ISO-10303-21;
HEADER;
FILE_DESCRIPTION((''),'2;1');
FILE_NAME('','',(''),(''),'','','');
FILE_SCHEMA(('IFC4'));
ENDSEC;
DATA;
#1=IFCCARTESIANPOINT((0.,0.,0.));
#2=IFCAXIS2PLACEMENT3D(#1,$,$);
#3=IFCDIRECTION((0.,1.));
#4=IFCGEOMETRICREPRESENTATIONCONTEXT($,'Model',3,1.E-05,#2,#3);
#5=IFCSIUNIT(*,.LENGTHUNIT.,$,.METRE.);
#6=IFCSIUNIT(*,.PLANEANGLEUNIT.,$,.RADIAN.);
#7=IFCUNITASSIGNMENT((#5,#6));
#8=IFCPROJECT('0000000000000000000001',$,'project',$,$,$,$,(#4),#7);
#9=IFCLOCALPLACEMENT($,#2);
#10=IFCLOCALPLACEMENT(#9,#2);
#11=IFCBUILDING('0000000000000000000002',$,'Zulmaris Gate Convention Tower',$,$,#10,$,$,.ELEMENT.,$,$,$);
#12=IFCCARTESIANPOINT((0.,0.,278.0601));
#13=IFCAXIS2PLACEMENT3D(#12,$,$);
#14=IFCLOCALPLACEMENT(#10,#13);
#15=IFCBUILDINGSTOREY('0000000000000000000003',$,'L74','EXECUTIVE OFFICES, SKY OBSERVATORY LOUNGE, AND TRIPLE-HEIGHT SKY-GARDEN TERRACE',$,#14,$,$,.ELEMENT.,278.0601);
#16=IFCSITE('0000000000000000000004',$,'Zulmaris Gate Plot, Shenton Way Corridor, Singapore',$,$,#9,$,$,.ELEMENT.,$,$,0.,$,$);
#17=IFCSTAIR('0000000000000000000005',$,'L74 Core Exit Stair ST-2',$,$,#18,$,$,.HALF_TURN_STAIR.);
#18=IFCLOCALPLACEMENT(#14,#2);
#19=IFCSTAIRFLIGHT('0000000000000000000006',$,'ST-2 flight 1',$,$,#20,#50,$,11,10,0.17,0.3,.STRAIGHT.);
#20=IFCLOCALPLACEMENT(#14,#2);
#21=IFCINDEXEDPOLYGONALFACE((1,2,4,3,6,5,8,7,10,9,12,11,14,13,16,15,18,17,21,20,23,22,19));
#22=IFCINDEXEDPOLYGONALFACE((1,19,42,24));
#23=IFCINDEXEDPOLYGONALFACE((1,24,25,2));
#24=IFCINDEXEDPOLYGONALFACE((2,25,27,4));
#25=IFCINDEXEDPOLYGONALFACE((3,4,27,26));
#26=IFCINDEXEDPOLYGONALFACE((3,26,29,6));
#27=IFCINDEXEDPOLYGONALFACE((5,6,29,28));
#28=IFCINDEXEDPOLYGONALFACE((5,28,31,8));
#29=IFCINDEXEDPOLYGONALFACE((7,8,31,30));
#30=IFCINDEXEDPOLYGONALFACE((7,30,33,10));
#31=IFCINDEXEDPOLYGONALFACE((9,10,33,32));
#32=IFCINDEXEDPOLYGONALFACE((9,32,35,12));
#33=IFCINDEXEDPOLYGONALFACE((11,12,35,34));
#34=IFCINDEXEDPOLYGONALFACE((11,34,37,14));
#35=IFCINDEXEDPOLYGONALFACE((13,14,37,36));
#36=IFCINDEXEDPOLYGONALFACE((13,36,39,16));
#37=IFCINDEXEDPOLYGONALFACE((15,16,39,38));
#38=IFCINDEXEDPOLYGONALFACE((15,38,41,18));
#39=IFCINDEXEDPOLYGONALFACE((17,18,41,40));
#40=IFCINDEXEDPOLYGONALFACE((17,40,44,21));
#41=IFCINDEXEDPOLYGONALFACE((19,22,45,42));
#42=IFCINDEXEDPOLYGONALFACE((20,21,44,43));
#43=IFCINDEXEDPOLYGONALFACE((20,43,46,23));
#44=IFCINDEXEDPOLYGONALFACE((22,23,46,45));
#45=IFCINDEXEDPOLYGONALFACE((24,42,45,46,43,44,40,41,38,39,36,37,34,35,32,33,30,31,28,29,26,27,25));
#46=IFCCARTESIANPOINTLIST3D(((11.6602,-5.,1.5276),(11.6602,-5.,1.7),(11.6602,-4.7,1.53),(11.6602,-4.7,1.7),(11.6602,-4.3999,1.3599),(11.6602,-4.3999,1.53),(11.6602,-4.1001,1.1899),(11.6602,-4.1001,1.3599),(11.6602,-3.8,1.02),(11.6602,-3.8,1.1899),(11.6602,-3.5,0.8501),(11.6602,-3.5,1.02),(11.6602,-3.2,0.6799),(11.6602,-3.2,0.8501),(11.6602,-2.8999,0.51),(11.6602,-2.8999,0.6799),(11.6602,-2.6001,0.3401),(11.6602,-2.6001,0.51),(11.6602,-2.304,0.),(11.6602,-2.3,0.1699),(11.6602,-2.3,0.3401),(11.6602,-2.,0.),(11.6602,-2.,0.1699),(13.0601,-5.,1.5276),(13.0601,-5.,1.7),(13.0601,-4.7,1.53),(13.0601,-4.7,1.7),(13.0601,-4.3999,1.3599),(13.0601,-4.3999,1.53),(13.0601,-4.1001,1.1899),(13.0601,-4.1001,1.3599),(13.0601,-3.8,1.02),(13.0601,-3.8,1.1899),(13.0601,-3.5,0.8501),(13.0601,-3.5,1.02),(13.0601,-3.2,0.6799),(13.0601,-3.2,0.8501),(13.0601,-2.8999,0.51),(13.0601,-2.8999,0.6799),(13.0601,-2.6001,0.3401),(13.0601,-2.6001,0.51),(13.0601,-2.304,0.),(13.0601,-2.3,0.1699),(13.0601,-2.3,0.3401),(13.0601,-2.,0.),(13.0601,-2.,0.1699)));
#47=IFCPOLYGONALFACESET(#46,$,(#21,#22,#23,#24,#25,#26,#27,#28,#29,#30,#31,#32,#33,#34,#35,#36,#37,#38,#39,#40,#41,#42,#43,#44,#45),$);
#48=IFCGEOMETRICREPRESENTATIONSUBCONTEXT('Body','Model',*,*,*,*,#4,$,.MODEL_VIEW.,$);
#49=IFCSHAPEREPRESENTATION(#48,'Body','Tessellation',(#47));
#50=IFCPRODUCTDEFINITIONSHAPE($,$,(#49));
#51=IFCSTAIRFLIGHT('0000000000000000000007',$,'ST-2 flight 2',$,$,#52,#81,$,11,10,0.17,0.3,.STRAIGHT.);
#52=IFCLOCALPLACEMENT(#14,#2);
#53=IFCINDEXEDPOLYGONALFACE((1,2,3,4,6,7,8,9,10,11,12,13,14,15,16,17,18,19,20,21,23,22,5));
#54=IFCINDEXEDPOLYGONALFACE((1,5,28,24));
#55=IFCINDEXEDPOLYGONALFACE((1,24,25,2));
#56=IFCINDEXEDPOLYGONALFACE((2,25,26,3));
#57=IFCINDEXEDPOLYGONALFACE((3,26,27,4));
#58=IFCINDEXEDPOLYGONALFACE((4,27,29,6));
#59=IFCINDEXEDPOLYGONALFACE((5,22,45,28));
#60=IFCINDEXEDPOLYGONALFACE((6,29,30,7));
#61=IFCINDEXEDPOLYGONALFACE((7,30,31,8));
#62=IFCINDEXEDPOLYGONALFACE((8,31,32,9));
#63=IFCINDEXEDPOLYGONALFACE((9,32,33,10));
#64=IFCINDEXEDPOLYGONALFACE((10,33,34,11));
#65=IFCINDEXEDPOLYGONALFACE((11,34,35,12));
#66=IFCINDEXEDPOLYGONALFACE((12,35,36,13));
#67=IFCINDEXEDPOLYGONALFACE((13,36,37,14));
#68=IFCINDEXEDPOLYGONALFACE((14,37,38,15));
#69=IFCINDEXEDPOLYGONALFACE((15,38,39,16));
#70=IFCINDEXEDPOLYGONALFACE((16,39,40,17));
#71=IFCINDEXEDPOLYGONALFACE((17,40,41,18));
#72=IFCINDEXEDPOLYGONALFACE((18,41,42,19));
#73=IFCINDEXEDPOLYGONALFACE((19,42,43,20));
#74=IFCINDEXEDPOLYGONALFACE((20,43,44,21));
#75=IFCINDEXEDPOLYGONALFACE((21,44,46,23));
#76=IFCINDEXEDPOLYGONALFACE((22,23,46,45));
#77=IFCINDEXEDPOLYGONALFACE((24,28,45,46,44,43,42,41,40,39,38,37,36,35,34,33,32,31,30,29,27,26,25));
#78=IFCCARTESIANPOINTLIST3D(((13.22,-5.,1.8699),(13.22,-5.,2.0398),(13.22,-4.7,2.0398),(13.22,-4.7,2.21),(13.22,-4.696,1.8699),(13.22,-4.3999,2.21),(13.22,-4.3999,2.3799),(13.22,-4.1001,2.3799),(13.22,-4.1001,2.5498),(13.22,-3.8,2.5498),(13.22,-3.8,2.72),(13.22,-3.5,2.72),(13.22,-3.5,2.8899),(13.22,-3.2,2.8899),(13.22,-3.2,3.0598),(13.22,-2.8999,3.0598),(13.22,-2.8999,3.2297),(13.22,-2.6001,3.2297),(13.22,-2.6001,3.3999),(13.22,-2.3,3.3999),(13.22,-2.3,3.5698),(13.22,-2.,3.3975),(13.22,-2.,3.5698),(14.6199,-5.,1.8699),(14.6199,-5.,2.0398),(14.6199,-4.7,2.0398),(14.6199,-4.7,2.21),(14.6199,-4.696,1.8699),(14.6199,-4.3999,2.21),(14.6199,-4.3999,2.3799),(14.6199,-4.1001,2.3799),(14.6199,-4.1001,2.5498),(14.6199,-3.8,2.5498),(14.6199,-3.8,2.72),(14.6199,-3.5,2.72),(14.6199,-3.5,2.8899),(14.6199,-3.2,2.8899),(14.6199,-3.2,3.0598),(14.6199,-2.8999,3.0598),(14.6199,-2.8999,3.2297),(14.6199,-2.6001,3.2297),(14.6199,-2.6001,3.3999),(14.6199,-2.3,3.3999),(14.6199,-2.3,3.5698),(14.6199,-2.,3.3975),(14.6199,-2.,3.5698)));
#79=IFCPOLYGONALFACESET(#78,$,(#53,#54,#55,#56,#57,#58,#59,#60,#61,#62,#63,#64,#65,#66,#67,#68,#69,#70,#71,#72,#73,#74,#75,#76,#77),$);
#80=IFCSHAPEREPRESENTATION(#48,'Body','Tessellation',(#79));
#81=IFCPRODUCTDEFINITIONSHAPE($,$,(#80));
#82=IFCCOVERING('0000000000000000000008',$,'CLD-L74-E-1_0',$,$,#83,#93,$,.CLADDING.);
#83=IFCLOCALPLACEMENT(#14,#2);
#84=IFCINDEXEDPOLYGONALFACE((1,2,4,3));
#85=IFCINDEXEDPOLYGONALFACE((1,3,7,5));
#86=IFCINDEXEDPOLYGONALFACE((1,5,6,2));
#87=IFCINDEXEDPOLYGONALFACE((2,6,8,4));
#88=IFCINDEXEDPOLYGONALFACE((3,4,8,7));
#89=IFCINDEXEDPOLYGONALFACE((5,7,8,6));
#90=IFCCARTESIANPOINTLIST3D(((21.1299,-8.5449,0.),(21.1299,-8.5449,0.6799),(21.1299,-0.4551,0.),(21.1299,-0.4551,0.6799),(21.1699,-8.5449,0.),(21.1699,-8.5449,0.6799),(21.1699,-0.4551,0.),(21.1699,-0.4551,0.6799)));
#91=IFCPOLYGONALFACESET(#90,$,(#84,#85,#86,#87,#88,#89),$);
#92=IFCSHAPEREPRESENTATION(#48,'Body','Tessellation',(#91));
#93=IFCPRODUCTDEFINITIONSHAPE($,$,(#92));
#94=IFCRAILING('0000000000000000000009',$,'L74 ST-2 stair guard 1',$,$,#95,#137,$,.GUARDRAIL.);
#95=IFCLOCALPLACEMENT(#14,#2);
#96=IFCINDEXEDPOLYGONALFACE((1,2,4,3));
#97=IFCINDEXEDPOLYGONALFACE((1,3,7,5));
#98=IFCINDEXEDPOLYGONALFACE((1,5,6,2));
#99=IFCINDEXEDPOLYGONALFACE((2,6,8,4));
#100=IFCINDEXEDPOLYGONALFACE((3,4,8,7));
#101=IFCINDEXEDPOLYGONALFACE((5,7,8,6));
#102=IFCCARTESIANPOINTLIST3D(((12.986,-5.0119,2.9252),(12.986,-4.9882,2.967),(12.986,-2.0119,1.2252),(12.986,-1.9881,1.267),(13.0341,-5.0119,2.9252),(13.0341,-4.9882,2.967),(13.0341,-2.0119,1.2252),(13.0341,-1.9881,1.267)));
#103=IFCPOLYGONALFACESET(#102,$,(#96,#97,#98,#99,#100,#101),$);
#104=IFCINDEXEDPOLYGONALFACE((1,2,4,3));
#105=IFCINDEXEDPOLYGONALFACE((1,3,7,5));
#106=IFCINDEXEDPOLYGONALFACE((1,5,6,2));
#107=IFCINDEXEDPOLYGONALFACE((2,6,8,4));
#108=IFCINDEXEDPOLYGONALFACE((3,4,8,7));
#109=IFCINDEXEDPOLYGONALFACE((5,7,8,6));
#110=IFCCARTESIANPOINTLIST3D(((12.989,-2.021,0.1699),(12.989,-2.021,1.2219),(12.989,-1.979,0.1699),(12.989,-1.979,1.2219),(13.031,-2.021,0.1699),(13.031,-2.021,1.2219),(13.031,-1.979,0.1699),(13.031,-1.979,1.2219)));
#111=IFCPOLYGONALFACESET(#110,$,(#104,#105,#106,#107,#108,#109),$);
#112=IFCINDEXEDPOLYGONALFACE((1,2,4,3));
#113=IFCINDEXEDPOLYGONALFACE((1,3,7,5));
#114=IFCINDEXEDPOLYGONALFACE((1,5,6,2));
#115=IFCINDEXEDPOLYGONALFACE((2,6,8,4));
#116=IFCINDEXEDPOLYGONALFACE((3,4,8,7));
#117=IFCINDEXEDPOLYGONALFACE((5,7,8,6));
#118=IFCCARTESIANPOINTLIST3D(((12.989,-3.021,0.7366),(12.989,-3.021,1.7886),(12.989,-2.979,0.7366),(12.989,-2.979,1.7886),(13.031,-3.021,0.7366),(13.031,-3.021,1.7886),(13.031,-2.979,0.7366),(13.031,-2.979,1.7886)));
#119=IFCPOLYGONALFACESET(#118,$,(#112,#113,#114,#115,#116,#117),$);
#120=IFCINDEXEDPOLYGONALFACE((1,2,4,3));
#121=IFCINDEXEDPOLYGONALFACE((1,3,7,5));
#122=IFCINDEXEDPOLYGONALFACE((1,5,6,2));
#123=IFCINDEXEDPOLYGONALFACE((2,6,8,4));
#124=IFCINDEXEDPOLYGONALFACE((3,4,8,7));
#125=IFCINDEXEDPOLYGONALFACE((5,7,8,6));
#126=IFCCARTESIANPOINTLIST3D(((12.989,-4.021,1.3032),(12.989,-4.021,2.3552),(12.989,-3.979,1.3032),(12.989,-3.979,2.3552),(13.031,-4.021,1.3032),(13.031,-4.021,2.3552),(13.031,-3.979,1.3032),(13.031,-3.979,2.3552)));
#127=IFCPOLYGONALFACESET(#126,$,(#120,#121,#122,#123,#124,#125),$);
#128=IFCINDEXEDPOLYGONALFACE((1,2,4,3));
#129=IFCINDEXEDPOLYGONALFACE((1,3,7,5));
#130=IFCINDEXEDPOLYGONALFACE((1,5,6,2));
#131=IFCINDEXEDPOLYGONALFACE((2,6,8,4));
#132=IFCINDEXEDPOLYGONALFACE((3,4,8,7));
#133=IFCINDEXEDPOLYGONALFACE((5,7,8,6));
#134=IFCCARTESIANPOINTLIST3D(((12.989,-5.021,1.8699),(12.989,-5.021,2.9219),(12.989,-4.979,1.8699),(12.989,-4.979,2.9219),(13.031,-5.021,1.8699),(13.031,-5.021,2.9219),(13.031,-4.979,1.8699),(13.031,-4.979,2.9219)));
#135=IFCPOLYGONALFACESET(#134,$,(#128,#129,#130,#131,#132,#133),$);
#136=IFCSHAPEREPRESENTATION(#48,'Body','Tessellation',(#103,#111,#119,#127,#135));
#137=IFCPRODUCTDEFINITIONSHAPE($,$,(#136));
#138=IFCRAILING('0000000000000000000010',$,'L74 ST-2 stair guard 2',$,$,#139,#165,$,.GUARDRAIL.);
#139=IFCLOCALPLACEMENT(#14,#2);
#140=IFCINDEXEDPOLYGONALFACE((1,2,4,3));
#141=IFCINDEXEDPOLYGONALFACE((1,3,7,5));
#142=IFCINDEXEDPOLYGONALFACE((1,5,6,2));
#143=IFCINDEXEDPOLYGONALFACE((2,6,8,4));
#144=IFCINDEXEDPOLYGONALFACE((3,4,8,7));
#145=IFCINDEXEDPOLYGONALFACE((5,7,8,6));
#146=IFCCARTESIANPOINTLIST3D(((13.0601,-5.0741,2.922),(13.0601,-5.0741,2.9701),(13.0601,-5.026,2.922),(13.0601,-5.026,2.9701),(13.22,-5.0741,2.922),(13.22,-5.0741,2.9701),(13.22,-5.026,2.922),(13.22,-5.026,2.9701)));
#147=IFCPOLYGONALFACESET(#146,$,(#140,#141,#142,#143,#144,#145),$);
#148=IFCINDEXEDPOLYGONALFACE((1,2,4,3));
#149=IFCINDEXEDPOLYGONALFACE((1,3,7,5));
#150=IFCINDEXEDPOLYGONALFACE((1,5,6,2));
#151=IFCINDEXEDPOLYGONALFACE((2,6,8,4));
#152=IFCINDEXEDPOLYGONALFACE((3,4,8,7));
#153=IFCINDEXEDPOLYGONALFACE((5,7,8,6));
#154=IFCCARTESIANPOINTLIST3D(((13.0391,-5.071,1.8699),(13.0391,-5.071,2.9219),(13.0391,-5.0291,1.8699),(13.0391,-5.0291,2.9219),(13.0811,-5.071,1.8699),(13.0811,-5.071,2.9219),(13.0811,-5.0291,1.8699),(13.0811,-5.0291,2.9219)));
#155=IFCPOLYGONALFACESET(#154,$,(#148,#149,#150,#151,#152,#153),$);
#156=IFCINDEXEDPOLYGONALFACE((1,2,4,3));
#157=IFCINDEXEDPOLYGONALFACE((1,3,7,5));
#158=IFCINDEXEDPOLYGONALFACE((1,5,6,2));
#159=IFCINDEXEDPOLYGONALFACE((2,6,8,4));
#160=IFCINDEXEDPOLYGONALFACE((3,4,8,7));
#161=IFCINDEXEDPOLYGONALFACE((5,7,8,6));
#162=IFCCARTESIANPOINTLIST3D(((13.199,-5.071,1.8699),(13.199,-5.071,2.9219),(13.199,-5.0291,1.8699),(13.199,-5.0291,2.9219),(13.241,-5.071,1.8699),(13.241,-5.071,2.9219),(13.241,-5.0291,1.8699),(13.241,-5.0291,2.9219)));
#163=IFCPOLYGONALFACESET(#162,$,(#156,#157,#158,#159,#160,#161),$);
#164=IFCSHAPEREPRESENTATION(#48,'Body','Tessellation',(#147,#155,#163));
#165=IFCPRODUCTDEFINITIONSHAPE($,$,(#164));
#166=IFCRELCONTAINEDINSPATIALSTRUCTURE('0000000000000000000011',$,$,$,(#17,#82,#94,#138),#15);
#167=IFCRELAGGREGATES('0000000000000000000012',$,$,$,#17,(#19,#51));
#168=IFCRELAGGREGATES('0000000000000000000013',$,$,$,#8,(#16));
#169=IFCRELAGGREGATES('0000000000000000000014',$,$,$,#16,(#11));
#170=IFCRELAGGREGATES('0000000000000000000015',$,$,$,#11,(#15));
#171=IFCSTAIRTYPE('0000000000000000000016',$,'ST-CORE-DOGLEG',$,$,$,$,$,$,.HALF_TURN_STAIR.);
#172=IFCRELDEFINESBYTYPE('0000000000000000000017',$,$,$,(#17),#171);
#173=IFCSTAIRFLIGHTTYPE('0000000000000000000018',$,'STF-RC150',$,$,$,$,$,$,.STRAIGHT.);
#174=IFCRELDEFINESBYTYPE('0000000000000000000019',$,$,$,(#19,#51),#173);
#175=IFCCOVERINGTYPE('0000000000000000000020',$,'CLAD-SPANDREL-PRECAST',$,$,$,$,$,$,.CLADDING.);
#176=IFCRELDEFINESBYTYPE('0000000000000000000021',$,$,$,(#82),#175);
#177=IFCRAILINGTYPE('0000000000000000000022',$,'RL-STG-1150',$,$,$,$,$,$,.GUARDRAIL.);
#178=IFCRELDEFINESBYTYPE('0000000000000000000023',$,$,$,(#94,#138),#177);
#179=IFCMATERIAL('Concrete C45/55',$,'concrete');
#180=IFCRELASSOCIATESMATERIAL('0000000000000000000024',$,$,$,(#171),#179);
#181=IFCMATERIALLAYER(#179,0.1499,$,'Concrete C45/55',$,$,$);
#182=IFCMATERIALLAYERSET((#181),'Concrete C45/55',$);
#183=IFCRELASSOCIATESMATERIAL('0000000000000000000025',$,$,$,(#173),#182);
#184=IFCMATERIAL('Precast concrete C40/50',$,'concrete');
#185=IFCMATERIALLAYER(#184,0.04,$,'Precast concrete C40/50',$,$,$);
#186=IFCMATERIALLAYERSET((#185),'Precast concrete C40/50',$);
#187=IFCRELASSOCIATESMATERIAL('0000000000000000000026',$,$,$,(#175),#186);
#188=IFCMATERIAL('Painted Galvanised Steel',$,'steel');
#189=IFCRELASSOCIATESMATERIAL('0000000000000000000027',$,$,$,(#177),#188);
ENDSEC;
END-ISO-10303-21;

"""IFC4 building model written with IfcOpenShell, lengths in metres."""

from ifc_helpers import new_model, si_unit, direction, frame, frame_2d, origin, origin_2d, place, context, subcontext, project, spatial, polyline, rectangle, outline, extrude, material, layer, layer_set, type_object, element, aggregate, save


model = new_model("IFC4")

# Units and contexts
model_context = context("Model", 3, precision=1e-05, world=origin(), true_north=direction((0.0, 1.0)))
body_context = subcontext(model_context, "Body", "Model", "MODEL_VIEW")
ifc_project = project(units=[si_unit("LENGTHUNIT", "METRE"), si_unit("PLANEANGLEUNIT", "RADIAN")], contexts=[model_context])

# Site, building, storey
site_placement = place(None, origin())
site = spatial("IfcSite", under=ifc_project, at=site_placement, Name="Zulmaris Gate Plot, Shenton Way Corridor, Singapore", CompositionType="ELEMENT", RefElevation=0.0)
building_placement = place(site_placement, origin())
building = spatial("IfcBuilding", under=site, at=building_placement, Name="Zulmaris Gate Convention Tower", CompositionType="ELEMENT")
storey_placement = place(building_placement, frame((0.0, 0.0, 278.0601)))
storey = spatial("IfcBuildingStorey", under=building, at=storey_placement, Name="L74", Description="EXECUTIVE OFFICES, SKY OBSERVATORY LOUNGE, AND TRIPLE-HEIGHT SKY-GARDEN TERRACE", CompositionType="ELEMENT", Elevation=278.0601)

# Shared definitions
ifc_material_1 = material(Name="Precast concrete C40/50", Category="concrete")

# Stair, stair flights
ifc_material_2 = material(Name="Concrete C45/55", Category="concrete")
stair_type = type_object("IfcStairType", Name="ST-CORE-DOGLEG", PredefinedType="HALF_TURN_STAIR", material=ifc_material_2)
stair_placement = place(storey_placement, origin())
stair = element("IfcStair", 1, at=stair_placement, inside=storey, type_object=stair_type, Name="L74 Core Exit Stair ST-2", PredefinedType="HALF_TURN_STAIR")
ifc_layer_1 = layer(ifc_material_2, 0.1499, Name="Concrete C45/55")
ifc_layer_set_1 = layer_set([ifc_layer_1], Name="Concrete C45/55")
stair_flight_type = type_object("IfcStairFlightType", Name="STF-RC150", PredefinedType="STRAIGHT", material=ifc_layer_set_1)
stair_flight_1_placement = place(storey_placement, frame((12.3601, -2.0, 0.0), z_axis=(0.0, 0.0, 1.0), x_axis=(0.0, -1.0, 0.0)))
stair_flight_1 = element("IfcStairFlight", 2, at=stair_flight_1_placement, type_object=stair_flight_type, Name="ST-2 flight 1", NumberOfRisers=11, NumberOfTreads=10, PredefinedType="STRAIGHT", RiserHeight=0.17, TreadLength=0.3, context=body_context, shape_type="SweptSolid", body=[
    extrude(outline(polyline([(0.0, 0.0), (0.0, 0.1699), (0.3, 0.1699), (0.3, 0.3401), (0.6001, 0.3401), (0.6001, 0.51), (0.8999, 0.51), (0.8999, 0.6799), (1.2, 0.6799), (1.2, 0.8501), (1.5, 0.8501), (1.5, 1.02), (1.8, 1.02), (1.8, 1.1899), (2.1001, 1.1899), (2.1001, 1.3599), (2.3999, 1.3599), (2.3999, 1.53), (2.7, 1.53), (2.7, 1.7), (3.0, 1.7), (3.0, 1.8699), (3.0, 1.5276), (0.304, 0.0), (0.0, 0.0)])), frame((0.0, 0.7, 0.0), z_axis=(0.0, -1.0, 0.0), x_axis=(1.0, 0.0, 0.0)), (0.0, 0.0, 1.0), 1.3999),
])
stair_flight_2_placement = place(storey_placement, frame((13.9199, -5.0, 1.8699), z_axis=(0.0, 0.0, 1.0), x_axis=(0.0, 1.0, 0.0)))
stair_flight_2 = element("IfcStairFlight", 3, at=stair_flight_2_placement, type_object=stair_flight_type, Name="ST-2 flight 2", NumberOfRisers=11, NumberOfTreads=10, PredefinedType="STRAIGHT", RiserHeight=0.17, TreadLength=0.3, context=body_context, shape_type="SweptSolid", body=[
    extrude(outline(polyline([(0.0, 0.0), (0.0, 0.1699), (0.3, 0.1699), (0.3, 0.3401), (0.6001, 0.3401), (0.6001, 0.51), (0.8999, 0.51), (0.8999, 0.6799), (1.2, 0.6799), (1.2, 0.8501), (1.5, 0.8501), (1.5, 1.02), (1.8, 1.02), (1.8, 1.1899), (2.1001, 1.1899), (2.1001, 1.3599), (2.3999, 1.3599), (2.3999, 1.53), (2.7, 1.53), (2.7, 1.7), (3.0, 1.7), (3.0, 1.8699), (3.0, 1.5276), (0.304, 0.0), (0.0, 0.0)])), frame((0.0, 0.7, 0.0), z_axis=(0.0, -1.0, 0.0), x_axis=(1.0, 0.0, 0.0)), (0.0, 0.0, 1.0), 1.3999),
])
aggregate(stair, [stair_flight_1, stair_flight_2])

# Covering
ifc_layer_2 = layer(ifc_material_1, 0.04, Name="Precast concrete C40/50")
ifc_layer_set_2 = layer_set([ifc_layer_2], Name="Precast concrete C40/50")
covering_type = type_object("IfcCoveringType", Name="CLAD-SPANDREL-PRECAST", PredefinedType="CLADDING", material=ifc_layer_set_2)
covering_placement = place(storey_placement, frame((21.1499, -8.5449, 0.0), z_axis=(0.0, 0.0, 1.0), x_axis=(0.0, 1.0, 0.0)))
element("IfcCovering", 4, at=covering_placement, inside=storey, type_object=covering_type, Name="CLD-L74-E-1_0", PredefinedType="CLADDING", context=body_context, shape_type="SweptSolid", body=[
    extrude(rectangle(XDim=8.0898, YDim=0.04, at=frame_2d((4.0449, 0.0))), origin(), (0.0, 0.0, 1.0), 0.6799),
])

# Railings
ifc_material_3 = material(Name="Painted Galvanised Steel", Category="steel")
railing_type_1 = type_object("IfcRailingType", Name="RL-STG-1150", PredefinedType="GUARDRAIL", material=ifc_material_3)
railing_1_placement = place(storey_placement, frame((13.01, -2.0, 0.1699)))
element("IfcRailing", 5, at=railing_1_placement, inside=storey, type_object=railing_type_1, Name="L74 ST-2 stair guard 1", PredefinedType="GUARDRAIL", context=body_context, shape_type="SweptSolid", body=[
    extrude(rectangle(XDim=0.0481, YDim=0.0481, at=origin_2d()), frame((0.0, 0.0, 1.0762), z_axis=(0.0, -0.870028, 0.493002), x_axis=(1.0, 0.0, 0.0)), (0.0, 0.0, 1.0), 3.4482),
    extrude(rectangle(XDim=0.042, YDim=0.042, at=origin_2d()), origin(), (0.0, 0.0, 1.0), 1.052),
    extrude(rectangle(XDim=0.042, YDim=0.042, at=origin_2d()), frame((0.0, -1.0, 0.5667)), (0.0, 0.0, 1.0), 1.052),
    extrude(rectangle(XDim=0.042, YDim=0.042, at=origin_2d()), frame((0.0, -2.0, 1.1333)), (0.0, 0.0, 1.0), 1.052),
    extrude(rectangle(XDim=0.042, YDim=0.042, at=origin_2d()), frame((0.0, -3.0, 1.7)), (0.0, 0.0, 1.0), 1.052),
])
railing_2_placement = place(storey_placement, frame((13.0601, -5.05, 1.8699)))
element("IfcRailing", 6, at=railing_2_placement, inside=storey, type_object=railing_type_1, Name="L74 ST-2 stair guard 2", PredefinedType="GUARDRAIL", context=body_context, shape_type="SweptSolid", body=[
    extrude(rectangle(XDim=0.0481, YDim=0.0481, at=origin_2d()), frame((0.0, 0.0, 1.0762), z_axis=(1.0, 0.0, 0.0), x_axis=(0.0, 1.0, 0.0)), (0.0, 0.0, 1.0), 0.1599),
    extrude(rectangle(XDim=0.042, YDim=0.042, at=origin_2d()), origin(), (0.0, 0.0, 1.0), 1.052),
    extrude(rectangle(XDim=0.042, YDim=0.042, at=origin_2d()), frame((0.1599, 0.0, 0.0)), (0.0, 0.0, 1.0), 1.052),
])

save(model, "model.ifc")
